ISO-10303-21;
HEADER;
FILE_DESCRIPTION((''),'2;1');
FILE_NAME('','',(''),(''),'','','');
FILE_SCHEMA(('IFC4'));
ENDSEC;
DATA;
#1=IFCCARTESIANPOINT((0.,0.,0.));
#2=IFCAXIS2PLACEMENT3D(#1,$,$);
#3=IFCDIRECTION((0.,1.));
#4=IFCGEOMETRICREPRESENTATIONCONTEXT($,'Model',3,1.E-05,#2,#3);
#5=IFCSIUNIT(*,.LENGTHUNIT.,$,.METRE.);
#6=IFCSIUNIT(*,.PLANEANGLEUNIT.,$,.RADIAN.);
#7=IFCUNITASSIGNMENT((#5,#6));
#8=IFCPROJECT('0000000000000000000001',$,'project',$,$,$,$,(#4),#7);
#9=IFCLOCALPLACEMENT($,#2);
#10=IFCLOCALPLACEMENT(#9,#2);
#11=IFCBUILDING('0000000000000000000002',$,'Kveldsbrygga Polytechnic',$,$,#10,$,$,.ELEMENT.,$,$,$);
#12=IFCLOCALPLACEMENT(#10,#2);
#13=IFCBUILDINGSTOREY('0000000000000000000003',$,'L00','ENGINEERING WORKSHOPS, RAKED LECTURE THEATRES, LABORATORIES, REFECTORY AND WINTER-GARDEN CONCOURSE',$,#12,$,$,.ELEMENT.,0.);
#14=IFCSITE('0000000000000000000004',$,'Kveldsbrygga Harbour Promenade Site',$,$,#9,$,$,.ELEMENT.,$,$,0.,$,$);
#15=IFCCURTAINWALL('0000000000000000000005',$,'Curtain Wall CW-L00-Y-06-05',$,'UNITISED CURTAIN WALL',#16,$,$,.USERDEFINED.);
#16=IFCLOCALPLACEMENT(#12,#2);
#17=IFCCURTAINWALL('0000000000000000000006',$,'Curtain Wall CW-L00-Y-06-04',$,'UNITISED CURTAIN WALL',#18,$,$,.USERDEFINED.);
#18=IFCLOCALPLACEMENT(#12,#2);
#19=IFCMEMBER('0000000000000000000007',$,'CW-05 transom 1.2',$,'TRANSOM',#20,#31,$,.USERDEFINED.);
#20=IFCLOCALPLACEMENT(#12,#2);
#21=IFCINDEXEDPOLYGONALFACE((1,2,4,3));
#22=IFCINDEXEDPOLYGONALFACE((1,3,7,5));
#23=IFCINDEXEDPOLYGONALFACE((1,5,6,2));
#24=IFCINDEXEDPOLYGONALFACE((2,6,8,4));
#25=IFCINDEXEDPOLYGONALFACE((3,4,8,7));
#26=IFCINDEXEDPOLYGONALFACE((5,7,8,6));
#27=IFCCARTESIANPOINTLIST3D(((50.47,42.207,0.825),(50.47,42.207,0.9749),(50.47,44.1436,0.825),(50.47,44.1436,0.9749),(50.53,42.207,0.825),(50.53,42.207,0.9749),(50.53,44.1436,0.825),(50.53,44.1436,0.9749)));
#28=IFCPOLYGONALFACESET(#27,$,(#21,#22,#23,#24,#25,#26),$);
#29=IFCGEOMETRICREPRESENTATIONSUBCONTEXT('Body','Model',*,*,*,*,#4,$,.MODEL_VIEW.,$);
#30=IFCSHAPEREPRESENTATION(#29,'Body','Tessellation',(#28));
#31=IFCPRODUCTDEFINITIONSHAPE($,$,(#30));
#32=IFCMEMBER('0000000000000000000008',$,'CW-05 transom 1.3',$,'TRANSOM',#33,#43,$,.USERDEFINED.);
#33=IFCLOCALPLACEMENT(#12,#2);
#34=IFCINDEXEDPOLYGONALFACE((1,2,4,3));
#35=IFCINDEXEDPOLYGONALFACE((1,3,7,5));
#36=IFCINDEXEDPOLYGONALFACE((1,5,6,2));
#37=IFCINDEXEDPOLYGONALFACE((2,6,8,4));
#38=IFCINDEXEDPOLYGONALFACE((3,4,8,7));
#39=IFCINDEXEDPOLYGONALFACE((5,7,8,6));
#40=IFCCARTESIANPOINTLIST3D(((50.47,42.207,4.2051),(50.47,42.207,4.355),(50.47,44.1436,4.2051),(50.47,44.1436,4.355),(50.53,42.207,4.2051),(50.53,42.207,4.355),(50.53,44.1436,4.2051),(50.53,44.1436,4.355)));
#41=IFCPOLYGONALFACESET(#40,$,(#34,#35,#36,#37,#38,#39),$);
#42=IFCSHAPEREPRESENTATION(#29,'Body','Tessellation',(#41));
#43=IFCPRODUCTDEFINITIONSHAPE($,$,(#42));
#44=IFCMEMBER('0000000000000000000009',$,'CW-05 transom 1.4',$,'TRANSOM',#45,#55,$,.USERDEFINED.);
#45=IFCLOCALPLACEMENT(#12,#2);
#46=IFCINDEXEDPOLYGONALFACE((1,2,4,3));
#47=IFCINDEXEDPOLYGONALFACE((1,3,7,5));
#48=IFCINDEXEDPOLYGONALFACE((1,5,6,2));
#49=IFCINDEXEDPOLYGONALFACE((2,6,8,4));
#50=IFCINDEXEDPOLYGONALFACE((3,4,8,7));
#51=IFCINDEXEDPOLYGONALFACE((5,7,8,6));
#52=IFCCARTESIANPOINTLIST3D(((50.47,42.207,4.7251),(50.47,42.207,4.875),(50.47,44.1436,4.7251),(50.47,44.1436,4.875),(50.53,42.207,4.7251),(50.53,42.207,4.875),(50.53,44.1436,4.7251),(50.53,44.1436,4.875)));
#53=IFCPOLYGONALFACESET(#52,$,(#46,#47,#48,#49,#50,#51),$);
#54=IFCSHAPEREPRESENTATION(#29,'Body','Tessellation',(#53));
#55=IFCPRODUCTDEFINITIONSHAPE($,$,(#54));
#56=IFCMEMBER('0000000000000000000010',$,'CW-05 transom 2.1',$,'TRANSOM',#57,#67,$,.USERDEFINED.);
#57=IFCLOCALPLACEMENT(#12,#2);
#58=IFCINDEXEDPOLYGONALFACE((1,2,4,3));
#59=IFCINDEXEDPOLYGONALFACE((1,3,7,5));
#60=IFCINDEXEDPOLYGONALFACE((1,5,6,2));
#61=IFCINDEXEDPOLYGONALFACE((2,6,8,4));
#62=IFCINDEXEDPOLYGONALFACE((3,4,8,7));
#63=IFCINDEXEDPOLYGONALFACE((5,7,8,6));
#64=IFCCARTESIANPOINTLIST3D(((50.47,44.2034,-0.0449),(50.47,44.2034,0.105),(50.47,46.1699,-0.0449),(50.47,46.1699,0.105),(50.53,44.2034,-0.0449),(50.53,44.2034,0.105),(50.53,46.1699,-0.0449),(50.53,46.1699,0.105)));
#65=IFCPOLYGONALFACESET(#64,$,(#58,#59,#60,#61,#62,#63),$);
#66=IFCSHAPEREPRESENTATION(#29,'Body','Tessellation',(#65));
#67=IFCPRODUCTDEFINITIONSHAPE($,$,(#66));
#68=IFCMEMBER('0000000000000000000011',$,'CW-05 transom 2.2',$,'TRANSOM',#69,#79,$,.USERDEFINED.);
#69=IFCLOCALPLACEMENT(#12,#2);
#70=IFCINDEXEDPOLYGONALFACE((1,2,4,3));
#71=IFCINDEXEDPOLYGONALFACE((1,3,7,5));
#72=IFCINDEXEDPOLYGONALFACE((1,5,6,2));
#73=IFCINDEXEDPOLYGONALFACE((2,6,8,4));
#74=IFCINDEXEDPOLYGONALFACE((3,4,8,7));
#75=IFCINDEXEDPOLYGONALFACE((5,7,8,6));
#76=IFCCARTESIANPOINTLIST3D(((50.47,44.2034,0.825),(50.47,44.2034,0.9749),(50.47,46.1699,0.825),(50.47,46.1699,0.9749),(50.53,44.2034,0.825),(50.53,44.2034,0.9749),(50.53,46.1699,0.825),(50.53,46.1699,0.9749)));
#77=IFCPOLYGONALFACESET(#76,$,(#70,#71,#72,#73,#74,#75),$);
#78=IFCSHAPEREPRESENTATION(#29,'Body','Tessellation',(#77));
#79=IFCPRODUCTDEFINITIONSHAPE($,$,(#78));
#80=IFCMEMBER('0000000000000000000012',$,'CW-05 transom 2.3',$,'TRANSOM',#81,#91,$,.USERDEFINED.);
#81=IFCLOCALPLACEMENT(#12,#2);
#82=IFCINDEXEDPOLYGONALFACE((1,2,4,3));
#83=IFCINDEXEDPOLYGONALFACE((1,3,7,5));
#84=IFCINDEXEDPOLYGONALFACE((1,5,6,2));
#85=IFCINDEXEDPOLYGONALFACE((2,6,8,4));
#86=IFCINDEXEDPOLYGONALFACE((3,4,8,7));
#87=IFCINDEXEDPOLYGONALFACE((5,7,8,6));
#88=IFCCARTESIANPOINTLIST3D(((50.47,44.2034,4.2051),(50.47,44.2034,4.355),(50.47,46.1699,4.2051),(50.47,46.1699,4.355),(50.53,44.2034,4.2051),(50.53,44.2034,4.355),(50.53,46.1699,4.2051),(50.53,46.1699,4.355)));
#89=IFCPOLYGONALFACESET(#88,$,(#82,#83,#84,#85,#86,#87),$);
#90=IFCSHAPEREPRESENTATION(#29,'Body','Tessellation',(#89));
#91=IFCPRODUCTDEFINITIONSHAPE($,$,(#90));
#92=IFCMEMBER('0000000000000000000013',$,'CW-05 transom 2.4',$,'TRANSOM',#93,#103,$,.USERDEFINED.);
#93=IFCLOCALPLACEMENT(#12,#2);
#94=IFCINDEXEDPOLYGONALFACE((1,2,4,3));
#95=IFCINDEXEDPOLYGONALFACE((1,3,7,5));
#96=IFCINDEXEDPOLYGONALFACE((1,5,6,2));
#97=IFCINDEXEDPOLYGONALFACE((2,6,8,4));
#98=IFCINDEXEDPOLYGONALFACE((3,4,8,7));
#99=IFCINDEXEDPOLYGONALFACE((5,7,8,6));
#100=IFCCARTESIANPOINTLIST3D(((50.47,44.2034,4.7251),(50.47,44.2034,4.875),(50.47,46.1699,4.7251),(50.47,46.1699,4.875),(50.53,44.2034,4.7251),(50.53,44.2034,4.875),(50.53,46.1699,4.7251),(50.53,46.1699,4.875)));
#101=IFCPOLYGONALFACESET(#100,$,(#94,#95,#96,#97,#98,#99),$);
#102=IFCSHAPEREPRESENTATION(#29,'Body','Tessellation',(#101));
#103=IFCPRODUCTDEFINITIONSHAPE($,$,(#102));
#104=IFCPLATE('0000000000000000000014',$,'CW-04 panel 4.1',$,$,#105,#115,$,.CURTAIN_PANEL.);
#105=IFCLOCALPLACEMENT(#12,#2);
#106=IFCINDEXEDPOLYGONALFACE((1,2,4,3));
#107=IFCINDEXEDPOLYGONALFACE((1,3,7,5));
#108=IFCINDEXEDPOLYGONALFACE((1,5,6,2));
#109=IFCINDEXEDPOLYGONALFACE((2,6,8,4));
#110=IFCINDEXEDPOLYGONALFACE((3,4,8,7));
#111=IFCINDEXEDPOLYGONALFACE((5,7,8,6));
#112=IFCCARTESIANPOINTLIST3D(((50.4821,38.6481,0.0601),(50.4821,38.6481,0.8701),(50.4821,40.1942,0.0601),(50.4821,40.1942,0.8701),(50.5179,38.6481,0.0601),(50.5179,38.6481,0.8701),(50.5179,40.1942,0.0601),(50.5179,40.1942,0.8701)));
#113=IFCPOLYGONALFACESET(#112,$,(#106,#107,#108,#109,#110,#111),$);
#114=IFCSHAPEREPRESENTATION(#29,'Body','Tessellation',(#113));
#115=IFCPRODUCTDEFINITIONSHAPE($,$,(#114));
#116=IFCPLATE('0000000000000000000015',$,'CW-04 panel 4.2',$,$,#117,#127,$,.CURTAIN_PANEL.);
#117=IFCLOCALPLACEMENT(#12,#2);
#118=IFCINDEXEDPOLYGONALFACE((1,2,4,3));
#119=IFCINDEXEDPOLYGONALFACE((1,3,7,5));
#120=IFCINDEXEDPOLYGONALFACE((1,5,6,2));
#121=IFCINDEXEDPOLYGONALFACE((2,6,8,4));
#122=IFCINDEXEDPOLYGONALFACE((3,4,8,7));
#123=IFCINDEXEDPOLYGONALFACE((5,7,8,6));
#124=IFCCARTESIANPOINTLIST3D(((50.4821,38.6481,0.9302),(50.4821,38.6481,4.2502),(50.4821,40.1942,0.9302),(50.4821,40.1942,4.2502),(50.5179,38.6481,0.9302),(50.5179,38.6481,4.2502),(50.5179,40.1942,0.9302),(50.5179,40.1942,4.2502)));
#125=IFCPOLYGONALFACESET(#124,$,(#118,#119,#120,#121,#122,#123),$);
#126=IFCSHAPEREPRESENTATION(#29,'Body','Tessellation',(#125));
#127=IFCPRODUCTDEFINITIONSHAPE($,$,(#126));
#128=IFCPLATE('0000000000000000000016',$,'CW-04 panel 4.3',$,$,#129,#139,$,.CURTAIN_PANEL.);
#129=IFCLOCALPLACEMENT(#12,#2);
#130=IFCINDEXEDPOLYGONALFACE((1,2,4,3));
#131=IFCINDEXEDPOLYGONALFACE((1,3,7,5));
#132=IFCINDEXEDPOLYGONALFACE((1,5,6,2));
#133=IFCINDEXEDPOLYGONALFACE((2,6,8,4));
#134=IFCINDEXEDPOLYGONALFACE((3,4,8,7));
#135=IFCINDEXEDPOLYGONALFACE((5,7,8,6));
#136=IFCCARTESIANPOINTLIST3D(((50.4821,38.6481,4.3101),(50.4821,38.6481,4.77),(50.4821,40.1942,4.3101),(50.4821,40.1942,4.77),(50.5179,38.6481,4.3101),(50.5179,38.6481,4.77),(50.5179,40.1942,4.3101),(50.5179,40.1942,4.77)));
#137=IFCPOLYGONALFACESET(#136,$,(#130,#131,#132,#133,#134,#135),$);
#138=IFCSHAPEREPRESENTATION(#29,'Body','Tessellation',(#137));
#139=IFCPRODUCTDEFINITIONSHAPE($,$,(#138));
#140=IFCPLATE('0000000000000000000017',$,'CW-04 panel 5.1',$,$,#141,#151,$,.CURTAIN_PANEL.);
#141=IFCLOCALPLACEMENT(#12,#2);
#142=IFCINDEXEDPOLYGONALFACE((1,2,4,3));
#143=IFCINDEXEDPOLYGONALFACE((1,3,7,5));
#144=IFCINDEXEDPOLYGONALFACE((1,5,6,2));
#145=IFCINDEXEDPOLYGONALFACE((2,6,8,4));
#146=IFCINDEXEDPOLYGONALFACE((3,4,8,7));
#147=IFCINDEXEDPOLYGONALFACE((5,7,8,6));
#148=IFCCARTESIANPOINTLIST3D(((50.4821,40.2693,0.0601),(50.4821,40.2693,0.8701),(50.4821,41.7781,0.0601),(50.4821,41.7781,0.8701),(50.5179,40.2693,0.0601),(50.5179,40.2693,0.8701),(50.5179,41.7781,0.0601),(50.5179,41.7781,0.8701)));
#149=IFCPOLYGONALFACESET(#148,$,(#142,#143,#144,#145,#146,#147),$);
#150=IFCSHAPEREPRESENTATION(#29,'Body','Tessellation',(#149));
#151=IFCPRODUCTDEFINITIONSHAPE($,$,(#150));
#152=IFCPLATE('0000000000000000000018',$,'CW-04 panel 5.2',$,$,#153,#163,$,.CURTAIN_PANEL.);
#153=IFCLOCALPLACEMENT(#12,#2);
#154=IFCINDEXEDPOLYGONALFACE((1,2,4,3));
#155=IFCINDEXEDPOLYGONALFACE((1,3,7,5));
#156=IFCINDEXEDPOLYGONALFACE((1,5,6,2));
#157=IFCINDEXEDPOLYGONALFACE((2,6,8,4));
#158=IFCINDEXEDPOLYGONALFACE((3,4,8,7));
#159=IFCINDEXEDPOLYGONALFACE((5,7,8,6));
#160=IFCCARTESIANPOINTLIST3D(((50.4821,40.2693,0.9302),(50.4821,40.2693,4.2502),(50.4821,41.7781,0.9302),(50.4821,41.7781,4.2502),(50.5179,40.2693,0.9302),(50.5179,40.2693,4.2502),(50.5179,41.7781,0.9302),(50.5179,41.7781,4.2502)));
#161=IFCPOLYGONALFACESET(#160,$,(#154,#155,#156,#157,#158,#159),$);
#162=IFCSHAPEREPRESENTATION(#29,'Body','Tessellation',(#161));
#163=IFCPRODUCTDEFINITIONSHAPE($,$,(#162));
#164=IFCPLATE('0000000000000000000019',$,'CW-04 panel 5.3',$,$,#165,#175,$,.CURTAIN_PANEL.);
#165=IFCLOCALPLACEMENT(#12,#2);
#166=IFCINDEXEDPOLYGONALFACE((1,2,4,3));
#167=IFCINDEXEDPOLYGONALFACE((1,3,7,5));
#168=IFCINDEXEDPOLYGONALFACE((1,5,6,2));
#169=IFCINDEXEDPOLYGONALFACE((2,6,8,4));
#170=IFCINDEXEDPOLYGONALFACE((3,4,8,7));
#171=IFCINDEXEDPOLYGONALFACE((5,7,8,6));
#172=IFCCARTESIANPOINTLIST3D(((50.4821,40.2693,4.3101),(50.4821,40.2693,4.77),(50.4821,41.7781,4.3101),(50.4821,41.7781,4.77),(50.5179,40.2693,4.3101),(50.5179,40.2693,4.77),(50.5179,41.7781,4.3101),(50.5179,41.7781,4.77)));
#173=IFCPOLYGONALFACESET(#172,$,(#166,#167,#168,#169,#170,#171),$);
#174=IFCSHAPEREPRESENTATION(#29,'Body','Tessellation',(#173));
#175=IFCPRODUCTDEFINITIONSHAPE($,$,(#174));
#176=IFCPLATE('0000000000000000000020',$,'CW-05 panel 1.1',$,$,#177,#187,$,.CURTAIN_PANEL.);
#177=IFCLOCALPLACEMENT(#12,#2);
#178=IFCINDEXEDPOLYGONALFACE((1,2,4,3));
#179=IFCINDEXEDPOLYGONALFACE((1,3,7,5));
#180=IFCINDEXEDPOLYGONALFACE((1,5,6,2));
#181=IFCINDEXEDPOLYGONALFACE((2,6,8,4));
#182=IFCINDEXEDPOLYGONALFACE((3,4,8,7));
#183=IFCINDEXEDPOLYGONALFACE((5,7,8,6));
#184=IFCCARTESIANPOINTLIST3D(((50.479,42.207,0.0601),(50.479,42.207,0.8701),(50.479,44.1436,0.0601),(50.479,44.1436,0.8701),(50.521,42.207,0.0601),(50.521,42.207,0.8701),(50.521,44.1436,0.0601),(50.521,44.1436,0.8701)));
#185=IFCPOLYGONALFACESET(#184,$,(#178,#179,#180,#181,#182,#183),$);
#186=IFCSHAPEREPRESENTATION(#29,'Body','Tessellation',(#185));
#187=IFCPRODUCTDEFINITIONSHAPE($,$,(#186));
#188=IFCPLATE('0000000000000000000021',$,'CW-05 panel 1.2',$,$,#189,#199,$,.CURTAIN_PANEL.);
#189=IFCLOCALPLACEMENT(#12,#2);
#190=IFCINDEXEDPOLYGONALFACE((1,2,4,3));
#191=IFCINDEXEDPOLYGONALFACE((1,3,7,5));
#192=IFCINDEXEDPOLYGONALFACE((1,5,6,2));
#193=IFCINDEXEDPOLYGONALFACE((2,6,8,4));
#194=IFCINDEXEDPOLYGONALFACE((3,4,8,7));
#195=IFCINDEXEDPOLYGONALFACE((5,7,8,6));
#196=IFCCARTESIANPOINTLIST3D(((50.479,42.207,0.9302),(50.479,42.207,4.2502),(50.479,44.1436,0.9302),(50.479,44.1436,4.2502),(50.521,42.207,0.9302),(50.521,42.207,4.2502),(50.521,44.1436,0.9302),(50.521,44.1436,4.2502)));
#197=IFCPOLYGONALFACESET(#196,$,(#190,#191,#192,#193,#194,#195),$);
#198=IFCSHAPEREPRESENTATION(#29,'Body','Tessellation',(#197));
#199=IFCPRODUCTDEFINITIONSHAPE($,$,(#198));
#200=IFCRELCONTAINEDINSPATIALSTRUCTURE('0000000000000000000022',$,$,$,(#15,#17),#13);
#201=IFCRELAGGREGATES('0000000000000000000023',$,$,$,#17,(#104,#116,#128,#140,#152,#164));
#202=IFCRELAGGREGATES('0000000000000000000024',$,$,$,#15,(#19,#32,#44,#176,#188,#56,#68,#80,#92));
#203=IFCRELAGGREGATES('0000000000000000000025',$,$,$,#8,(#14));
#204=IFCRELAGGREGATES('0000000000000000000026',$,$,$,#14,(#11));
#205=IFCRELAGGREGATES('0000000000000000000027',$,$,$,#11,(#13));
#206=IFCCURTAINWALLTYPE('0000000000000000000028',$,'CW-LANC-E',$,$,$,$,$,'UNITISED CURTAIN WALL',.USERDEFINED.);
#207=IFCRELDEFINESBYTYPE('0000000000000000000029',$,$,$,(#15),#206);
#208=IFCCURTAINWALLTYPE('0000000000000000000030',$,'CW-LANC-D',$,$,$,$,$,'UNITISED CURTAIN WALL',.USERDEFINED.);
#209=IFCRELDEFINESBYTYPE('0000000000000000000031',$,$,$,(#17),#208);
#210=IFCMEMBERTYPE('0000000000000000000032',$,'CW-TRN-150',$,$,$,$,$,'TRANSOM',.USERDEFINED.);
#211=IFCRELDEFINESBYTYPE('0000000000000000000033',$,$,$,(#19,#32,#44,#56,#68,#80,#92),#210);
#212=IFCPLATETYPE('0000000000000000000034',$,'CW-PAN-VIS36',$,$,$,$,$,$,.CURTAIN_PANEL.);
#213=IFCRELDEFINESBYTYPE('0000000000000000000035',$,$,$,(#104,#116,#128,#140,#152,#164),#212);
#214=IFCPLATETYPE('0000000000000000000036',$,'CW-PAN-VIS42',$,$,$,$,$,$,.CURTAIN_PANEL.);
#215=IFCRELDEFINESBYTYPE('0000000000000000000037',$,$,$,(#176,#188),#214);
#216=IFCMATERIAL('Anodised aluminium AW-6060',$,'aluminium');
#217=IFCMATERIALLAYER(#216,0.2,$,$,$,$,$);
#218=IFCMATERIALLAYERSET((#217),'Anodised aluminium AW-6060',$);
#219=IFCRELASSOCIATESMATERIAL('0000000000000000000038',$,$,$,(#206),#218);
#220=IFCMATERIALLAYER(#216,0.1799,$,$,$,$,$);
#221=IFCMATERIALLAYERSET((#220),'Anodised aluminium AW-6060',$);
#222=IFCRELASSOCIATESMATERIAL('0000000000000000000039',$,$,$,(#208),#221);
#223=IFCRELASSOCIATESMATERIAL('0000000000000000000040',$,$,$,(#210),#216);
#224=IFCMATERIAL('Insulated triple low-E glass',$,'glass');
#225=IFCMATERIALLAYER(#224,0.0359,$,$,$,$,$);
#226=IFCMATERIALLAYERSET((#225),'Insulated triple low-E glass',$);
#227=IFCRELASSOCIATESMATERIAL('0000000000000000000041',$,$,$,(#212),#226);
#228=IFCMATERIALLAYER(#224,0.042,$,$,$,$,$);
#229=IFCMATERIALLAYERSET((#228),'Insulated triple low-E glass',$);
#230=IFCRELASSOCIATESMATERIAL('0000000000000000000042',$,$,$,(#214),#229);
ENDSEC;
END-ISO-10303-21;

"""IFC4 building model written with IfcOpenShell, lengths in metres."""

from ifc_helpers import new_model, si_unit, direction, frame, origin, origin_2d, place, context, subcontext, project, spatial, rectangle, extrude, material, layer, layer_set, material_profile, profile_set, type_object, element, aggregate, save


model = new_model("IFC4")

# Units and contexts
model_context = context("Model", 3, precision=1e-05, world=origin(), true_north=direction((0.0, 1.0)))
body_context = subcontext(model_context, "Body", "Model", "MODEL_VIEW")
ifc_project = project(units=[si_unit("LENGTHUNIT", "METRE"), si_unit("PLANEANGLEUNIT", "RADIAN")], contexts=[model_context])

# Site, building, storey
site_placement = place(None, origin())
site = spatial("IfcSite", under=ifc_project, at=site_placement, Name="Kveldsbrygga Harbour Promenade Site", CompositionType="ELEMENT", RefElevation=0.0)
building_placement = place(site_placement, origin())
building = spatial("IfcBuilding", under=site, at=building_placement, Name="Kveldsbrygga Polytechnic", CompositionType="ELEMENT")
storey_placement = place(building_placement, origin())
storey = spatial("IfcBuildingStorey", under=building, at=storey_placement, Name="L00", Description="ENGINEERING WORKSHOPS, RAKED LECTURE THEATRES, LABORATORIES, REFECTORY AND WINTER-GARDEN CONCOURSE", CompositionType="ELEMENT", Elevation=0.0)

# Curtain walls
ifc_material_1 = material(Name="Anodised aluminium AW-6060", Category="aluminium")
ifc_layer_1 = layer(ifc_material_1, 0.2)
ifc_layer_set_1 = layer_set([ifc_layer_1], Name="Anodised aluminium AW-6060")
curtain_wall_type_1 = type_object("IfcCurtainWallType", Name="CW-LANC-E", ElementType="UNITISED CURTAIN WALL", PredefinedType="USERDEFINED", material=ifc_layer_set_1)
curtain_wall_1_placement = place(storey_placement, origin())
curtain_wall_1 = element("IfcCurtainWall", 1, at=curtain_wall_1_placement, inside=storey, type_object=curtain_wall_type_1, Name="Curtain Wall CW-L00-Y-06-05", ObjectType="UNITISED CURTAIN WALL", PredefinedType="USERDEFINED")
ifc_layer_2 = layer(ifc_material_1, 0.1799)
ifc_layer_set_2 = layer_set([ifc_layer_2], Name="Anodised aluminium AW-6060")
curtain_wall_type_2 = type_object("IfcCurtainWallType", Name="CW-LANC-D", ElementType="UNITISED CURTAIN WALL", PredefinedType="USERDEFINED", material=ifc_layer_set_2)
curtain_wall_2_placement = place(storey_placement, origin())
curtain_wall_2 = element("IfcCurtainWall", 2, at=curtain_wall_2_placement, inside=storey, type_object=curtain_wall_type_2, Name="Curtain Wall CW-L00-Y-06-04", ObjectType="UNITISED CURTAIN WALL", PredefinedType="USERDEFINED")

# Members
ifc_material_profile_1 = material_profile(ifc_material_1, rectangle(XDim=0.0601, YDim=0.1499, at=origin_2d()), Name="ALU 60x150")
ifc_profile_set_1 = profile_set([ifc_material_profile_1], Name="Anodised aluminium AW-6060")
member_type_1 = type_object("IfcMemberType", Name="CW-TRN-150", ElementType="TRANSOM", PredefinedType="USERDEFINED", material=ifc_profile_set_1)
member_1_placement = place(storey_placement, frame((50.5, 42.207, 0.8999), z_axis=(0.0, 1.0, 0.0), x_axis=(-1.0, 0.0, 0.0)))
member_1 = element("IfcMember", 3, at=member_1_placement, type_object=member_type_1, Name="CW-05 transom 1.2", ObjectType="TRANSOM", PredefinedType="USERDEFINED", context=body_context, shape_type="SweptSolid", body=[
    extrude(rectangle(XDim=0.0601, YDim=0.1499, at=origin_2d()), origin(), (0.0, 0.0, 1.0), 1.9365),
])
member_2_placement = place(storey_placement, frame((50.5, 42.207, 4.28), z_axis=(0.0, 1.0, 0.0), x_axis=(-1.0, 0.0, 0.0)))
member_2 = element("IfcMember", 4, at=member_2_placement, type_object=member_type_1, Name="CW-05 transom 1.3", ObjectType="TRANSOM", PredefinedType="USERDEFINED", context=body_context, shape_type="SweptSolid", body=[
    extrude(rectangle(XDim=0.0601, YDim=0.1499, at=origin_2d()), origin(), (0.0, 0.0, 1.0), 1.9365),
])
member_3_placement = place(storey_placement, frame((50.5, 42.207, 4.8), z_axis=(0.0, 1.0, 0.0), x_axis=(-1.0, 0.0, 0.0)))
member_3 = element("IfcMember", 5, at=member_3_placement, type_object=member_type_1, Name="CW-05 transom 1.4", ObjectType="TRANSOM", PredefinedType="USERDEFINED", context=body_context, shape_type="SweptSolid", body=[
    extrude(rectangle(XDim=0.0601, YDim=0.1499, at=origin_2d()), origin(), (0.0, 0.0, 1.0), 1.9365),
])
member_4_placement = place(storey_placement, frame((50.5, 44.2034, 0.03), z_axis=(0.0, 1.0, 0.0), x_axis=(-1.0, 0.0, 0.0)))
member_4 = element("IfcMember", 6, at=member_4_placement, type_object=member_type_1, Name="CW-05 transom 2.1", ObjectType="TRANSOM", PredefinedType="USERDEFINED", context=body_context, shape_type="SweptSolid", body=[
    extrude(rectangle(XDim=0.0601, YDim=0.1499, at=origin_2d()), origin(), (0.0, 0.0, 1.0), 1.9666),
])
member_5_placement = place(storey_placement, frame((50.5, 44.2034, 0.8999), z_axis=(0.0, 1.0, 0.0), x_axis=(-1.0, 0.0, 0.0)))
member_5 = element("IfcMember", 7, at=member_5_placement, type_object=member_type_1, Name="CW-05 transom 2.2", ObjectType="TRANSOM", PredefinedType="USERDEFINED", context=body_context, shape_type="SweptSolid", body=[
    extrude(rectangle(XDim=0.0601, YDim=0.1499, at=origin_2d()), origin(), (0.0, 0.0, 1.0), 1.9666),
])
member_6_placement = place(storey_placement, frame((50.5, 44.2034, 4.28), z_axis=(0.0, 1.0, 0.0), x_axis=(-1.0, 0.0, 0.0)))
member_6 = element("IfcMember", 8, at=member_6_placement, type_object=member_type_1, Name="CW-05 transom 2.3", ObjectType="TRANSOM", PredefinedType="USERDEFINED", context=body_context, shape_type="SweptSolid", body=[
    extrude(rectangle(XDim=0.0601, YDim=0.1499, at=origin_2d()), origin(), (0.0, 0.0, 1.0), 1.9666),
])
member_7_placement = place(storey_placement, frame((50.5, 44.2034, 4.8), z_axis=(0.0, 1.0, 0.0), x_axis=(-1.0, 0.0, 0.0)))
member_7 = element("IfcMember", 9, at=member_7_placement, type_object=member_type_1, Name="CW-05 transom 2.4", ObjectType="TRANSOM", PredefinedType="USERDEFINED", context=body_context, shape_type="SweptSolid", body=[
    extrude(rectangle(XDim=0.0601, YDim=0.1499, at=origin_2d()), origin(), (0.0, 0.0, 1.0), 1.9666),
])

# Plates
ifc_material_2 = material(Name="Insulated triple low-E glass", Category="glass")
ifc_layer_3 = layer(ifc_material_2, 0.0359)
ifc_layer_set_3 = layer_set([ifc_layer_3], Name="Insulated triple low-E glass")
plate_type_1 = type_object("IfcPlateType", Name="CW-PAN-VIS36", PredefinedType="CURTAIN_PANEL", material=ifc_layer_set_3)
plate_1_placement = place(storey_placement, frame((50.5, 39.4211, 0.0601), z_axis=(0.0, 0.0, 1.0), x_axis=(0.0, 1.0, 0.0)))
plate_1 = element("IfcPlate", 10, at=plate_1_placement, type_object=plate_type_1, Name="CW-04 panel 4.1", PredefinedType="CURTAIN_PANEL", context=body_context, shape_type="SweptSolid", body=[
    extrude(rectangle(XDim=1.5461, YDim=0.0359, at=origin_2d()), origin(), (0.0, 0.0, 1.0), 0.8101),
])
plate_2_placement = place(storey_placement, frame((50.5, 39.4211, 0.9302), z_axis=(0.0, 0.0, 1.0), x_axis=(0.0, 1.0, 0.0)))
plate_2 = element("IfcPlate", 11, at=plate_2_placement, type_object=plate_type_1, Name="CW-04 panel 4.2", PredefinedType="CURTAIN_PANEL", context=body_context, shape_type="SweptSolid", body=[
    extrude(rectangle(XDim=1.5461, YDim=0.0359, at=origin_2d()), origin(), (0.0, 0.0, 1.0), 3.3201),
])
plate_3_placement = place(storey_placement, frame((50.5, 39.4211, 4.3101), z_axis=(0.0, 0.0, 1.0), x_axis=(0.0, 1.0, 0.0)))
plate_3 = element("IfcPlate", 12, at=plate_3_placement, type_object=plate_type_1, Name="CW-04 panel 4.3", PredefinedType="CURTAIN_PANEL", context=body_context, shape_type="SweptSolid", body=[
    extrude(rectangle(XDim=1.5461, YDim=0.0359, at=origin_2d()), origin(), (0.0, 0.0, 1.0), 0.46),
])
plate_4_placement = place(storey_placement, frame((50.5, 41.0237, 0.0601), z_axis=(0.0, 0.0, 1.0), x_axis=(0.0, 1.0, 0.0)))
plate_4 = element("IfcPlate", 13, at=plate_4_placement, type_object=plate_type_1, Name="CW-04 panel 5.1", PredefinedType="CURTAIN_PANEL", context=body_context, shape_type="SweptSolid", body=[
    extrude(rectangle(XDim=1.5088, YDim=0.0359, at=origin_2d()), origin(), (0.0, 0.0, 1.0), 0.8101),
])
plate_5_placement = place(storey_placement, frame((50.5, 41.0237, 0.9302), z_axis=(0.0, 0.0, 1.0), x_axis=(0.0, 1.0, 0.0)))
plate_5 = element("IfcPlate", 14, at=plate_5_placement, type_object=plate_type_1, Name="CW-04 panel 5.2", PredefinedType="CURTAIN_PANEL", context=body_context, shape_type="SweptSolid", body=[
    extrude(rectangle(XDim=1.5088, YDim=0.0359, at=origin_2d()), origin(), (0.0, 0.0, 1.0), 3.3201),
])
plate_6_placement = place(storey_placement, frame((50.5, 41.0237, 4.3101), z_axis=(0.0, 0.0, 1.0), x_axis=(0.0, 1.0, 0.0)))
plate_6 = element("IfcPlate", 15, at=plate_6_placement, type_object=plate_type_1, Name="CW-04 panel 5.3", PredefinedType="CURTAIN_PANEL", context=body_context, shape_type="SweptSolid", body=[
    extrude(rectangle(XDim=1.5088, YDim=0.0359, at=origin_2d()), origin(), (0.0, 0.0, 1.0), 0.46),
])
aggregate(curtain_wall_2, [plate_1, plate_2, plate_3, plate_4, plate_5, plate_6])
ifc_layer_4 = layer(ifc_material_2, 0.042)
ifc_layer_set_4 = layer_set([ifc_layer_4], Name="Insulated triple low-E glass")
plate_type_2 = type_object("IfcPlateType", Name="CW-PAN-VIS42", PredefinedType="CURTAIN_PANEL", material=ifc_layer_set_4)
plate_7_placement = place(storey_placement, frame((50.5, 43.1753, 0.0601), z_axis=(0.0, 0.0, 1.0), x_axis=(0.0, 1.0, 0.0)))
plate_7 = element("IfcPlate", 16, at=plate_7_placement, type_object=plate_type_2, Name="CW-05 panel 1.1", PredefinedType="CURTAIN_PANEL", context=body_context, shape_type="SweptSolid", body=[
    extrude(rectangle(XDim=1.9365, YDim=0.042, at=origin_2d()), origin(), (0.0, 0.0, 1.0), 0.8101),
])
plate_8_placement = place(storey_placement, frame((50.5, 43.1753, 0.9302), z_axis=(0.0, 0.0, 1.0), x_axis=(0.0, 1.0, 0.0)))
plate_8 = element("IfcPlate", 17, at=plate_8_placement, type_object=plate_type_2, Name="CW-05 panel 1.2", PredefinedType="CURTAIN_PANEL", context=body_context, shape_type="SweptSolid", body=[
    extrude(rectangle(XDim=1.9365, YDim=0.042, at=origin_2d()), origin(), (0.0, 0.0, 1.0), 3.3201),
])
aggregate(curtain_wall_1, [member_1, member_2, member_3, plate_7, plate_8, member_4, member_5, member_6, member_7])

save(model, "model.ifc")
